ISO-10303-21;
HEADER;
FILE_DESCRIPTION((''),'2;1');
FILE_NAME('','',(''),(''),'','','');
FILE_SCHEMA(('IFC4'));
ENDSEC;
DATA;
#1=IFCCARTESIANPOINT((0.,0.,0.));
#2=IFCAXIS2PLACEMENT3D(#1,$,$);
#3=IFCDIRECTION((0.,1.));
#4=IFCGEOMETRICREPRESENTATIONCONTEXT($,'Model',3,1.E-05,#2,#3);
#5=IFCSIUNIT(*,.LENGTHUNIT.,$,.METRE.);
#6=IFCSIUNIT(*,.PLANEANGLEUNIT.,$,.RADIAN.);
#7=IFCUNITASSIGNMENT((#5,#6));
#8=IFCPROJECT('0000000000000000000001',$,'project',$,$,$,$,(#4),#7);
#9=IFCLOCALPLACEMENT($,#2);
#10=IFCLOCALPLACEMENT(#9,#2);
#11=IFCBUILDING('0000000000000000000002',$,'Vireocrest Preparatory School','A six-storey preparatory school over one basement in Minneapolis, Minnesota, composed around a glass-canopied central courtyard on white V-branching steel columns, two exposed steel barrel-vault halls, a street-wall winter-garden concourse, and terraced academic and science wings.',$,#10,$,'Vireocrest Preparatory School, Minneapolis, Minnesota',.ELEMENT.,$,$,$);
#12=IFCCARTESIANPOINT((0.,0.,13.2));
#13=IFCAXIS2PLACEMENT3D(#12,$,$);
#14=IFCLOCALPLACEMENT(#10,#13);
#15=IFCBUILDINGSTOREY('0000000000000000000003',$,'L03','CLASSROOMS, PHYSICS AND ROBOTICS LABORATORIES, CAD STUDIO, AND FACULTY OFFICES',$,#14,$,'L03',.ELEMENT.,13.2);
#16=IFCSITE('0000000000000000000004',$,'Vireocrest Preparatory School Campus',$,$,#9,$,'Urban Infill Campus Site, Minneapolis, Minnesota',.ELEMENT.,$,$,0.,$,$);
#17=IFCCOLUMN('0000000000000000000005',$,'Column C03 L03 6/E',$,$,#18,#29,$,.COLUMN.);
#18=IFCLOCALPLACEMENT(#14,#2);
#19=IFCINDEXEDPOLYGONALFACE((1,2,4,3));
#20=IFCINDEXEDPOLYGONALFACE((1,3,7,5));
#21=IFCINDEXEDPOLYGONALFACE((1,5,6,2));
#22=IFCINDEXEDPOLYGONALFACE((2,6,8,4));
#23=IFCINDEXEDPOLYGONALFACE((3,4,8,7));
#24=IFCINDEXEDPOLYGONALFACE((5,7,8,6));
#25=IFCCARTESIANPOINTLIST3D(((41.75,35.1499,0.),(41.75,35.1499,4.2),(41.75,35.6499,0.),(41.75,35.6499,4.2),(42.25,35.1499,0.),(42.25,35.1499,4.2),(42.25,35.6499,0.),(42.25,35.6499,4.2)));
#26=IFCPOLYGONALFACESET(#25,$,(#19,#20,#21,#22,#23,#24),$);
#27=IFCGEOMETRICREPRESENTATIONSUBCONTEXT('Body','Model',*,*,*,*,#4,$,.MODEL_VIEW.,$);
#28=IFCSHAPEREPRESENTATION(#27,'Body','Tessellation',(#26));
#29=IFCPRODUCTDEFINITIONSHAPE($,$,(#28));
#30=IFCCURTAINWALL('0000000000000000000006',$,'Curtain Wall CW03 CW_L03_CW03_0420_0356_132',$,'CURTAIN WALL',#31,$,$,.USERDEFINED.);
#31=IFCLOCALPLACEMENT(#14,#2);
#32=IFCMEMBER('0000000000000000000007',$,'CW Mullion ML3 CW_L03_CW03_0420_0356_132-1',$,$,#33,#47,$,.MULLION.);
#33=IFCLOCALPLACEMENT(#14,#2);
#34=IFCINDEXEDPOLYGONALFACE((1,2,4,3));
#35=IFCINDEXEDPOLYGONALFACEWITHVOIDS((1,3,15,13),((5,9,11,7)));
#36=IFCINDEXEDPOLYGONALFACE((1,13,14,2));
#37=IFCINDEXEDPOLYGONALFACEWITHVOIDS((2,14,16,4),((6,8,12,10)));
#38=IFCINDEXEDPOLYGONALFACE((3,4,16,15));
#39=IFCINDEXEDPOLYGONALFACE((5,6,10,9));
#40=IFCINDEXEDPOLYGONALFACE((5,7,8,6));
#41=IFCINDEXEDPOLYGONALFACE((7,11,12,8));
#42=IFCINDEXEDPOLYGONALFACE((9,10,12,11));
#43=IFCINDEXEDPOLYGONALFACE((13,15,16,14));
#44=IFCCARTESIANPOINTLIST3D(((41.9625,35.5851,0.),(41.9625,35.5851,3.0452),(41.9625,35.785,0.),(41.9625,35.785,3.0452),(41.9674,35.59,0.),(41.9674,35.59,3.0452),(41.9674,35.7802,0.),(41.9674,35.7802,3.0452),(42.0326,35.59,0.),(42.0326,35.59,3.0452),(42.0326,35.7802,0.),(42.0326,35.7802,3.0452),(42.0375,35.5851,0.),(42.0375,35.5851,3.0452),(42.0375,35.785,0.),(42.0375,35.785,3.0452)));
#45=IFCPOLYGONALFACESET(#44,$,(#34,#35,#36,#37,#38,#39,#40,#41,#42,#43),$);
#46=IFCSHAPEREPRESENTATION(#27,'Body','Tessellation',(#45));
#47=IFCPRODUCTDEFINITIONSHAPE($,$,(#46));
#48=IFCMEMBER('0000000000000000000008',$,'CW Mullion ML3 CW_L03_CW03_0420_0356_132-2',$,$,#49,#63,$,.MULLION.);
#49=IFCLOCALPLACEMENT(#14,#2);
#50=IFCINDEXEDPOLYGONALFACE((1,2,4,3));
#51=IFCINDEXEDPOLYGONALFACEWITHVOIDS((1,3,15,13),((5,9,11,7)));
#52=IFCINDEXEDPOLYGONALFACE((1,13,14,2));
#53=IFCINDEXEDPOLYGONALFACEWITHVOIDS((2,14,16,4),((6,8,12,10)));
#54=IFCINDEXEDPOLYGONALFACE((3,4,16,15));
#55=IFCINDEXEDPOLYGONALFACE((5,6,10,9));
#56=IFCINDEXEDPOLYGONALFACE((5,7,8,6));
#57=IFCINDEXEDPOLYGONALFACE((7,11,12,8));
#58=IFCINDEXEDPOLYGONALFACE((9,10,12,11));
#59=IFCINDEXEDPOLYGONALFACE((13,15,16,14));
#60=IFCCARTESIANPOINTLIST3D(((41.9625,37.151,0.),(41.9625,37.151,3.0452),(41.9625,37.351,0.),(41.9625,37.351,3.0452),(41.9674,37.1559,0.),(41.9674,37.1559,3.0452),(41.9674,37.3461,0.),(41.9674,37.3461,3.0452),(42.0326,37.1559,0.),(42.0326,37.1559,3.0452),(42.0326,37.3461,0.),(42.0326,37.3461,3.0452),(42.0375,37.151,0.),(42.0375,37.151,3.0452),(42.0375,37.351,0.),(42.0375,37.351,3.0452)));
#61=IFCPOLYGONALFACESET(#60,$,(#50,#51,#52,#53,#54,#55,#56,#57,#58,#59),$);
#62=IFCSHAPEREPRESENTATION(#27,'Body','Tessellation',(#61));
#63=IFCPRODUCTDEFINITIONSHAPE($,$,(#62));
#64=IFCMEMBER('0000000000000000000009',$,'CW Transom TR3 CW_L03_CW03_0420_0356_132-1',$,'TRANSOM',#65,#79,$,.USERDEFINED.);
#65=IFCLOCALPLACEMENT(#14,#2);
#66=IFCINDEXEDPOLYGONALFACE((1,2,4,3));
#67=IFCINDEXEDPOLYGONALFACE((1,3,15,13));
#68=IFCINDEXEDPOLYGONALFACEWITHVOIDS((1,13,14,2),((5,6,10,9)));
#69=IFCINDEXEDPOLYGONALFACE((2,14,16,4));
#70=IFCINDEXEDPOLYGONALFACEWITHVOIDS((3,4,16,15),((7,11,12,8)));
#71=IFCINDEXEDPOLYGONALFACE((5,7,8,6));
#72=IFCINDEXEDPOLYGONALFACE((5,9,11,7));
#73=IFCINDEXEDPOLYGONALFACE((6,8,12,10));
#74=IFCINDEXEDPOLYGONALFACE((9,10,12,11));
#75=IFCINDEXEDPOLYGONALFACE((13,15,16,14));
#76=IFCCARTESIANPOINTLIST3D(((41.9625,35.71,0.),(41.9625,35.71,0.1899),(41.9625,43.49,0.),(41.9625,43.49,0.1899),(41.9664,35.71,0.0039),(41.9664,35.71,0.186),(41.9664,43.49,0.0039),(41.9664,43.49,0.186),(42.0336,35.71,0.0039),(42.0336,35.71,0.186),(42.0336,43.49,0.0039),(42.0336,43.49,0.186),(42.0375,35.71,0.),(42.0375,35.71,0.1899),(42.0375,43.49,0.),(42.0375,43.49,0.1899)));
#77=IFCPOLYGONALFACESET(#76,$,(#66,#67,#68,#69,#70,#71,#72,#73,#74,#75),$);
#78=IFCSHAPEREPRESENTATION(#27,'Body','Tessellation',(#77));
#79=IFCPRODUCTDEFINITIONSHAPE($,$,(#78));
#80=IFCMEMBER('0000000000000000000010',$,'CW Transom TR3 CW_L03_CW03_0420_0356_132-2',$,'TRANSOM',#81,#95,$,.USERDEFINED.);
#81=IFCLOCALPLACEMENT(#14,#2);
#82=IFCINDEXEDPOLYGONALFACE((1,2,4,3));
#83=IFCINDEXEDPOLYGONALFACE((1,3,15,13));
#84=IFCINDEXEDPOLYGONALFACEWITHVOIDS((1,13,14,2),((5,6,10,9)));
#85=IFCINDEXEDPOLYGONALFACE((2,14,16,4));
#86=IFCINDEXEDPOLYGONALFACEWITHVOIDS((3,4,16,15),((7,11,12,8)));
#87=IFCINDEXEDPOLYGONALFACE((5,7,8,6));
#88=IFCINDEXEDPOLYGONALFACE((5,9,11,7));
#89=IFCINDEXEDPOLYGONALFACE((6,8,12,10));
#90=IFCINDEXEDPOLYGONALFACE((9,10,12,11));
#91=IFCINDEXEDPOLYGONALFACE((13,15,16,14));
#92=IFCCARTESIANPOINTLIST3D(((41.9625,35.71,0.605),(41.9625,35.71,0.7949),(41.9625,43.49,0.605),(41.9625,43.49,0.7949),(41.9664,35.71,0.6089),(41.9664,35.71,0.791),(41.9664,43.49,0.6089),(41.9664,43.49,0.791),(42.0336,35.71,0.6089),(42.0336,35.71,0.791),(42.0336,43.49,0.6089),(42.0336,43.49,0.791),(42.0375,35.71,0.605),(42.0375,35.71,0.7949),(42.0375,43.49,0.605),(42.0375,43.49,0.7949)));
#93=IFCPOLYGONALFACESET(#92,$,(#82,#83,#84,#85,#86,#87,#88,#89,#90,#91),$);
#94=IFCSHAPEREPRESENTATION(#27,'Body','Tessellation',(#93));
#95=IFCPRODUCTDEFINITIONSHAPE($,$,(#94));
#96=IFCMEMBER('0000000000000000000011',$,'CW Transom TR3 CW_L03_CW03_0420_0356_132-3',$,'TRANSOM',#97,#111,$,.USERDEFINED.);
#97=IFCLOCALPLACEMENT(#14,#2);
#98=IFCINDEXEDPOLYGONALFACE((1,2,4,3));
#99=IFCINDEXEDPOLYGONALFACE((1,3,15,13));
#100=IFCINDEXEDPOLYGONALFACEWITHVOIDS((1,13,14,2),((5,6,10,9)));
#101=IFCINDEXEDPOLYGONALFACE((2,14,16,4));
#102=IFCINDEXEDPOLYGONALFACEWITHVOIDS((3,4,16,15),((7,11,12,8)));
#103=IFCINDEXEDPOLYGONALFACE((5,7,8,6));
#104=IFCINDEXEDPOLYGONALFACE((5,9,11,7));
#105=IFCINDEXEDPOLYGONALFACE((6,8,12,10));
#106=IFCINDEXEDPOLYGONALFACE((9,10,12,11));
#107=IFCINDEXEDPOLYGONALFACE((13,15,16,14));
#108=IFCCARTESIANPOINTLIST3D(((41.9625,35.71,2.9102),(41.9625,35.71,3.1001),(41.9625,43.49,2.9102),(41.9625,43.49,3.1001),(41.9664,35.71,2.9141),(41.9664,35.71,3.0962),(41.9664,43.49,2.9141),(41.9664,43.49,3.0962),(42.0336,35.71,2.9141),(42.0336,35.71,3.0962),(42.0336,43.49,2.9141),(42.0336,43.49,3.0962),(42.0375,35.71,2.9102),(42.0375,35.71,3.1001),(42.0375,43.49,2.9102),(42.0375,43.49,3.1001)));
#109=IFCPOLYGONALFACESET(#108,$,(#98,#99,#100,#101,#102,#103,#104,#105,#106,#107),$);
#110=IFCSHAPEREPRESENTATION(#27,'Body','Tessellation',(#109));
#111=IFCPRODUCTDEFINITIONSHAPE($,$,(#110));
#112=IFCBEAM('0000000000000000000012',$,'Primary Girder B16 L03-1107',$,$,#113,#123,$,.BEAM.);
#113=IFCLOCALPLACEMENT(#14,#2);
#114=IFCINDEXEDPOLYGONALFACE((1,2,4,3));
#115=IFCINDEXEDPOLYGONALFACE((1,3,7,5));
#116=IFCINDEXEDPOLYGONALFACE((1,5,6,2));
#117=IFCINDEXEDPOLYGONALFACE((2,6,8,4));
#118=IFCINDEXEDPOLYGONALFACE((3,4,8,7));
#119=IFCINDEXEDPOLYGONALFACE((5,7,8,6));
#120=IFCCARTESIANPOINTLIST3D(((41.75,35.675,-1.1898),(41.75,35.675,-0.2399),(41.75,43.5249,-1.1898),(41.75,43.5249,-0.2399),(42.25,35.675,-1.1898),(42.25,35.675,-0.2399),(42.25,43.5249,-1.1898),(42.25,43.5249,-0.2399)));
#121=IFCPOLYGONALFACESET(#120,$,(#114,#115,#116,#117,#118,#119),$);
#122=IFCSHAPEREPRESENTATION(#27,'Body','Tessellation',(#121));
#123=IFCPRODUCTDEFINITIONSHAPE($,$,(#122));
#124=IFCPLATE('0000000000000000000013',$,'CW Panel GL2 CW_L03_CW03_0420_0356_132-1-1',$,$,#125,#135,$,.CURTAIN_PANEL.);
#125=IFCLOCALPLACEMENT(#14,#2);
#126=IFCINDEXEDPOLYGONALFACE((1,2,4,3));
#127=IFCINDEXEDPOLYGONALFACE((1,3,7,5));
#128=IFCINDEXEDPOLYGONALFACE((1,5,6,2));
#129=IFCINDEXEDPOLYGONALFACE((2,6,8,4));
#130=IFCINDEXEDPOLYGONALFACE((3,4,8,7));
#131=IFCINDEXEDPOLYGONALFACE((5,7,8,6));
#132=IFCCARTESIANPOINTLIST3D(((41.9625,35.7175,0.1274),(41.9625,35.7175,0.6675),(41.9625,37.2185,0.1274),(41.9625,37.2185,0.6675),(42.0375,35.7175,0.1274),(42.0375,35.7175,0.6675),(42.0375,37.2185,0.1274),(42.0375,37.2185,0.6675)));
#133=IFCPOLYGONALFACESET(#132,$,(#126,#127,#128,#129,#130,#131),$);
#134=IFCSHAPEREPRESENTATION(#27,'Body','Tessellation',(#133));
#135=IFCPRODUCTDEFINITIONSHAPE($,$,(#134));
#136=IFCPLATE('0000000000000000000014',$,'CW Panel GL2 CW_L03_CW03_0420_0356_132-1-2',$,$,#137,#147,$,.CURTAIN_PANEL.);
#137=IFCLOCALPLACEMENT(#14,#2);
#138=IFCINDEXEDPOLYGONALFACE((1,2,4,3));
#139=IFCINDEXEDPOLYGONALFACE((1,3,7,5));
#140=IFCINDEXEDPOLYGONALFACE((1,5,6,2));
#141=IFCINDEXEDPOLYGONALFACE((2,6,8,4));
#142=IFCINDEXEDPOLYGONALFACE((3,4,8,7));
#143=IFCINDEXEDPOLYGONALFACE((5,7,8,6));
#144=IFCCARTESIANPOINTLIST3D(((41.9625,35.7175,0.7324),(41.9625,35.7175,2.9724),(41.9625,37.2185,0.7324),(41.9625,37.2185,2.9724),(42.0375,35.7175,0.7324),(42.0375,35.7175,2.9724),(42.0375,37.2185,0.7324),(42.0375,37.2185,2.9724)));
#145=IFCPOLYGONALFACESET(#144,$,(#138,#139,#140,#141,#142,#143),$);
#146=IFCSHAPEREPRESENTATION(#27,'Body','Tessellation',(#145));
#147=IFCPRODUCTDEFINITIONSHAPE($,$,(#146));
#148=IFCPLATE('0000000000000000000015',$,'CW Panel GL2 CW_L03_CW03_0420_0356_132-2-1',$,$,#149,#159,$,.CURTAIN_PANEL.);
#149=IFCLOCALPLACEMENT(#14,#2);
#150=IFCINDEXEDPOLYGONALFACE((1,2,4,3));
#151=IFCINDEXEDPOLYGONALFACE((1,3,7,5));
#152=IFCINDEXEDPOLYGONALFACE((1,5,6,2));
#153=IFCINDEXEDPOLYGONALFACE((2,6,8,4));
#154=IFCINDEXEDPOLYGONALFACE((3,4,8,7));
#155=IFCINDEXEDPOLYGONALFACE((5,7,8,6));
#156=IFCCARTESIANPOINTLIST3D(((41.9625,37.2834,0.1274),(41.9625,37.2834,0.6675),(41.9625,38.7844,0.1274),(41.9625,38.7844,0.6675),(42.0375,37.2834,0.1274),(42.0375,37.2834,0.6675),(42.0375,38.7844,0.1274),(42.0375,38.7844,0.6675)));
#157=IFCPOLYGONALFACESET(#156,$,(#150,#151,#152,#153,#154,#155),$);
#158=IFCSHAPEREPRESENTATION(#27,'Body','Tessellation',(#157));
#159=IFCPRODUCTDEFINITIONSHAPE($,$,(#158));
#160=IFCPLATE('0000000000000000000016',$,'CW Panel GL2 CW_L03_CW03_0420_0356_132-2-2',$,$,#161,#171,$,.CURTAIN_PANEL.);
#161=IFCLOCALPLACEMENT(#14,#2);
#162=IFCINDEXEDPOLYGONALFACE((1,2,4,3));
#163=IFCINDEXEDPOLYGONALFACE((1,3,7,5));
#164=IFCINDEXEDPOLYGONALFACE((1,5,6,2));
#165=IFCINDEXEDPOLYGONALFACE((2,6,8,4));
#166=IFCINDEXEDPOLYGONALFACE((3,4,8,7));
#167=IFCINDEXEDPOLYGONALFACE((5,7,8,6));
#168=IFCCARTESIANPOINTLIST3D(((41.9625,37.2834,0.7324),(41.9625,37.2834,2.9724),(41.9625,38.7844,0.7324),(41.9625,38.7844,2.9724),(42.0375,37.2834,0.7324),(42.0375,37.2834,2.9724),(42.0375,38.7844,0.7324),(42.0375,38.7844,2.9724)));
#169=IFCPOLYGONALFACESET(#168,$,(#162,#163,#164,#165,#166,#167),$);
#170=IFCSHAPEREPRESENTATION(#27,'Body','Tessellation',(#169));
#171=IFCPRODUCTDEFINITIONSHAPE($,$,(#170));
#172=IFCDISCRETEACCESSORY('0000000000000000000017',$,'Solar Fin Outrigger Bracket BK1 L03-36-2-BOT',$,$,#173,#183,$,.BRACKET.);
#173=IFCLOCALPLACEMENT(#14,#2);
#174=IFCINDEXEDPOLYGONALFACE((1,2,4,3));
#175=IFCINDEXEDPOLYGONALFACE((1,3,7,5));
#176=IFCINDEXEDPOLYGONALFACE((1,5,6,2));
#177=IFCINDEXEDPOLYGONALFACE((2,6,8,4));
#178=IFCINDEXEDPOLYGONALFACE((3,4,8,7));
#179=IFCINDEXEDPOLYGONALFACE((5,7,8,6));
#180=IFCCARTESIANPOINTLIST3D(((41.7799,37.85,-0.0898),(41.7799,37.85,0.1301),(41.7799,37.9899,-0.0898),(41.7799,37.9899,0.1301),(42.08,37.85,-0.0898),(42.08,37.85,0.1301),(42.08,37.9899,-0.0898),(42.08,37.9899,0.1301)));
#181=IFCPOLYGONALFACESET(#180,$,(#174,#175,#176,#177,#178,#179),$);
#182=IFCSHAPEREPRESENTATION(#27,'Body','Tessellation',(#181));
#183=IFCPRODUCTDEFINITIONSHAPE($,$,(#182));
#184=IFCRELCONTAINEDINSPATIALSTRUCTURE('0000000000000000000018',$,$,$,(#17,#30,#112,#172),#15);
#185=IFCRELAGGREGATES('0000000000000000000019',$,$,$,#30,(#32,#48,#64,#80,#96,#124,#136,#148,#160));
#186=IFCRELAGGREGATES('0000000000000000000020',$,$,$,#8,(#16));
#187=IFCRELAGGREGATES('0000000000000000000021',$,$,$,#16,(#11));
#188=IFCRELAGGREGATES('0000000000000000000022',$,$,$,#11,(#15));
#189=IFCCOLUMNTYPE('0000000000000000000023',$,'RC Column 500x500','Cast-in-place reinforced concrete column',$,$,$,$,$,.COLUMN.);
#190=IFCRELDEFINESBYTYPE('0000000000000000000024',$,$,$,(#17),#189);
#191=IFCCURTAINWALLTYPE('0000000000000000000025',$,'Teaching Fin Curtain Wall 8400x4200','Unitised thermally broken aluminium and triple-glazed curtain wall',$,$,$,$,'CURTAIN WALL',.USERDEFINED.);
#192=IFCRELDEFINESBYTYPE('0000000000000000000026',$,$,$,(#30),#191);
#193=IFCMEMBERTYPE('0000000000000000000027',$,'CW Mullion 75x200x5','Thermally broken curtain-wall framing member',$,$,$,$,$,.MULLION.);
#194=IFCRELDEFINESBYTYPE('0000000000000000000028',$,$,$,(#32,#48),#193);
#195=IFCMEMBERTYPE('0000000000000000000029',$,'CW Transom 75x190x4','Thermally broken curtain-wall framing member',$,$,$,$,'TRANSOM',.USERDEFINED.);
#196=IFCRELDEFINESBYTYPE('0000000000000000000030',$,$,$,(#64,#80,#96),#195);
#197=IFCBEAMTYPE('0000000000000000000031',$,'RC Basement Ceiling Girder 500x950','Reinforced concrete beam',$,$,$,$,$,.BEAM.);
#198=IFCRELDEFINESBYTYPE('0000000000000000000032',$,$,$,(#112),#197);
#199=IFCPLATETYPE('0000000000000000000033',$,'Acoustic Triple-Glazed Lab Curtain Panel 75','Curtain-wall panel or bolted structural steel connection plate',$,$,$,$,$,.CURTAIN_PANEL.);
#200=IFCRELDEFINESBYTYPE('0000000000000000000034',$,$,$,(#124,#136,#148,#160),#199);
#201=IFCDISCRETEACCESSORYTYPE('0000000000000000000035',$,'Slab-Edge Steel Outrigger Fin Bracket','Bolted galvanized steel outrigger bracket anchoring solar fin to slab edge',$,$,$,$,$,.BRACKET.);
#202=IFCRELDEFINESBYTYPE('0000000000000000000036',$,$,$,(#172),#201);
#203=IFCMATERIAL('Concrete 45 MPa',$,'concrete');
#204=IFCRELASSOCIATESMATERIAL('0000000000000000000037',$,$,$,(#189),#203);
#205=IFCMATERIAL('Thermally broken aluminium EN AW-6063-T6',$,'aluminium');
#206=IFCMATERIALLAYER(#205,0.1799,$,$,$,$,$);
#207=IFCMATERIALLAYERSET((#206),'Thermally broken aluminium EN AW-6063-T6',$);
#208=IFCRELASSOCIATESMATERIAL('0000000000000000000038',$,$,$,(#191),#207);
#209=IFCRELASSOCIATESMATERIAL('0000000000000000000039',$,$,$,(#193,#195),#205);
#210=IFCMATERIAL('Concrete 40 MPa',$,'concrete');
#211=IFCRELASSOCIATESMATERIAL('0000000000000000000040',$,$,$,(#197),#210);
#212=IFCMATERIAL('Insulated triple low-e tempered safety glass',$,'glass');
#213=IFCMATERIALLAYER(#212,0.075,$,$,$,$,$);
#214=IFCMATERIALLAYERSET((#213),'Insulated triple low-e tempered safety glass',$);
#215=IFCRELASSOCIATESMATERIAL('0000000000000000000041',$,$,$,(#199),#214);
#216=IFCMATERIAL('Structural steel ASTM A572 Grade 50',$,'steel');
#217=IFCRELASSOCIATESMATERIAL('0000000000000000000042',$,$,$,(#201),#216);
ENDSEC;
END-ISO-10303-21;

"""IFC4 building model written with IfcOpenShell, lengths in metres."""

from ifc_helpers import new_model, si_unit, direction, frame, origin, origin_2d, place, context, subcontext, project, spatial, rectangle, hollow_rectangle, extrude, material, layer, layer_set, material_profile, profile_set, type_object, element, aggregate, save


model = new_model("IFC4")

# Units and contexts
model_context = context("Model", 3, precision=1e-05, world=origin(), true_north=direction((0.0, 1.0)))
body_context = subcontext(model_context, "Body", "Model", "MODEL_VIEW")
ifc_project = project(units=[si_unit("LENGTHUNIT", "METRE"), si_unit("PLANEANGLEUNIT", "RADIAN")], contexts=[model_context])

# Site, building, storey
site_placement = place(None, origin())
site = spatial("IfcSite", under=ifc_project, at=site_placement, Name="Vireocrest Preparatory School Campus", LongName="Urban Infill Campus Site, Minneapolis, Minnesota", CompositionType="ELEMENT", RefElevation=0.0)
building_placement = place(site_placement, origin())
building = spatial("IfcBuilding", under=site, at=building_placement, Name="Vireocrest Preparatory School", Description="A six-storey preparatory school over one basement in Minneapolis, Minnesota, composed around a glass-canopied central courtyard on white V-branching steel columns, two exposed steel barrel-vault halls, a street-wall winter-garden concourse, and terraced academic and science wings.", LongName="Vireocrest Preparatory School, Minneapolis, Minnesota", CompositionType="ELEMENT")
storey_placement = place(building_placement, frame((0.0, 0.0, 13.2)))
storey = spatial("IfcBuildingStorey", under=building, at=storey_placement, Name="L03", Description="CLASSROOMS, PHYSICS AND ROBOTICS LABORATORIES, CAD STUDIO, AND FACULTY OFFICES", LongName="L03", CompositionType="ELEMENT", Elevation=13.2)

# Column
ifc_material_1 = material(Name="Concrete 45 MPa", Category="concrete")
ifc_material_profile_1 = material_profile(ifc_material_1, rectangle(XDim=0.5, YDim=0.5, at=origin_2d()), Name="RC 500x500")
ifc_profile_set_1 = profile_set([ifc_material_profile_1], Name="Concrete 45 MPa")
column_type = type_object("IfcColumnType", Name="RC Column 500x500", Description="Cast-in-place reinforced concrete column", PredefinedType="COLUMN", material=ifc_profile_set_1)
column_placement = place(storey_placement, frame((42.0, 35.3999, 0.0), z_axis=(0.0, 0.0, 1.0), x_axis=(1.0, 0.0, 0.0)))
element("IfcColumn", 1, at=column_placement, inside=storey, type_object=column_type, Name="Column C03 L03 6/E", PredefinedType="COLUMN", context=body_context, shape_type="SweptSolid", body=[
    extrude(rectangle(XDim=0.5, YDim=0.5, at=origin_2d()), origin(), (0.0, 0.0, 1.0), 4.2),
])

# Curtain wall, members
ifc_material_2 = material(Name="Thermally broken aluminium EN AW-6063-T6", Category="aluminium")
ifc_layer_1 = layer(ifc_material_2, 0.1799)
ifc_layer_set_1 = layer_set([ifc_layer_1], Name="Thermally broken aluminium EN AW-6063-T6")
curtain_wall_type = type_object("IfcCurtainWallType", Name="Teaching Fin Curtain Wall 8400x4200", Description="Unitised thermally broken aluminium and triple-glazed curtain wall", ElementType="CURTAIN WALL", PredefinedType="USERDEFINED", material=ifc_layer_set_1)
curtain_wall_placement = place(storey_placement, origin())
curtain_wall = element("IfcCurtainWall", 2, at=curtain_wall_placement, inside=storey, type_object=curtain_wall_type, Name="Curtain Wall CW03 CW_L03_CW03_0420_0356_132", ObjectType="CURTAIN WALL", PredefinedType="USERDEFINED")
ifc_material_profile_2 = material_profile(ifc_material_2, hollow_rectangle(XDim=0.075, YDim=0.2, WallThickness=0.0049, at=origin_2d()), Name="ALU 75x200x5")
ifc_profile_set_2 = profile_set([ifc_material_profile_2], Name="Thermally broken aluminium EN AW-6063-T6")
member_type_1 = type_object("IfcMemberType", Name="CW Mullion 75x200x5", Description="Thermally broken curtain-wall framing member", PredefinedType="MULLION", material=ifc_profile_set_2)
member_1_placement = place(storey_placement, frame((42.0, 35.6851, 0.0), z_axis=(0.0, 0.0, 1.0), x_axis=(1.0, 0.0, 0.0)))
member_1 = element("IfcMember", 3, at=member_1_placement, type_object=member_type_1, Name="CW Mullion ML3 CW_L03_CW03_0420_0356_132-1", PredefinedType="MULLION", context=body_context, shape_type="SweptSolid", body=[
    extrude(hollow_rectangle(XDim=0.075, YDim=0.2, WallThickness=0.0049, at=origin_2d()), origin(), (0.0, 0.0, 1.0), 3.0452),
])
member_2_placement = place(storey_placement, frame((42.0, 37.251, 0.0), z_axis=(0.0, 0.0, 1.0), x_axis=(1.0, 0.0, 0.0)))
member_2 = element("IfcMember", 4, at=member_2_placement, type_object=member_type_1, Name="CW Mullion ML3 CW_L03_CW03_0420_0356_132-2", PredefinedType="MULLION", context=body_context, shape_type="SweptSolid", body=[
    extrude(hollow_rectangle(XDim=0.075, YDim=0.2, WallThickness=0.0049, at=origin_2d()), origin(), (0.0, 0.0, 1.0), 3.0452),
])
ifc_material_profile_3 = material_profile(ifc_material_2, hollow_rectangle(XDim=0.075, YDim=0.1899, WallThickness=0.0039, at=origin_2d()), Name="ALU 75x190x4")
ifc_profile_set_3 = profile_set([ifc_material_profile_3], Name="Thermally broken aluminium EN AW-6063-T6")
member_type_2 = type_object("IfcMemberType", Name="CW Transom 75x190x4", Description="Thermally broken curtain-wall framing member", ElementType="TRANSOM", PredefinedType="USERDEFINED", material=ifc_profile_set_3)
member_3_placement = place(storey_placement, frame((42.0, 35.71, 0.095), z_axis=(0.0, 1.0, 0.0), x_axis=(-1.0, 0.0, 0.0)))
member_3 = element("IfcMember", 5, at=member_3_placement, type_object=member_type_2, Name="CW Transom TR3 CW_L03_CW03_0420_0356_132-1", ObjectType="TRANSOM", PredefinedType="USERDEFINED", context=body_context, shape_type="SweptSolid", body=[
    extrude(hollow_rectangle(XDim=0.075, YDim=0.1899, WallThickness=0.0039, at=origin_2d()), origin(), (0.0, 0.0, 1.0), 7.78),
])
member_4_placement = place(storey_placement, frame((42.0, 35.71, 0.7), z_axis=(0.0, 1.0, 0.0), x_axis=(-1.0, 0.0, 0.0)))
member_4 = element("IfcMember", 6, at=member_4_placement, type_object=member_type_2, Name="CW Transom TR3 CW_L03_CW03_0420_0356_132-2", ObjectType="TRANSOM", PredefinedType="USERDEFINED", context=body_context, shape_type="SweptSolid", body=[
    extrude(hollow_rectangle(XDim=0.075, YDim=0.1899, WallThickness=0.0039, at=origin_2d()), origin(), (0.0, 0.0, 1.0), 7.78),
])
member_5_placement = place(storey_placement, frame((42.0, 35.71, 3.0051), z_axis=(0.0, 1.0, 0.0), x_axis=(-1.0, 0.0, 0.0)))
member_5 = element("IfcMember", 7, at=member_5_placement, type_object=member_type_2, Name="CW Transom TR3 CW_L03_CW03_0420_0356_132-3", ObjectType="TRANSOM", PredefinedType="USERDEFINED", context=body_context, shape_type="SweptSolid", body=[
    extrude(hollow_rectangle(XDim=0.075, YDim=0.1899, WallThickness=0.0039, at=origin_2d()), origin(), (0.0, 0.0, 1.0), 7.78),
])

# Beam
ifc_material_3 = material(Name="Concrete 40 MPa", Category="concrete")
ifc_material_profile_4 = material_profile(ifc_material_3, rectangle(XDim=0.5, YDim=0.95, at=origin_2d()), Name="RC 500x950")
ifc_profile_set_4 = profile_set([ifc_material_profile_4], Name="Concrete 40 MPa")
beam_type = type_object("IfcBeamType", Name="RC Basement Ceiling Girder 500x950", Description="Reinforced concrete beam", PredefinedType="BEAM", material=ifc_profile_set_4)
beam_placement = place(storey_placement, frame((42.0, 35.675, -0.7148), z_axis=(0.0, 1.0, 0.0), x_axis=(-1.0, 0.0, 0.0)))
element("IfcBeam", 8, at=beam_placement, inside=storey, type_object=beam_type, Name="Primary Girder B16 L03-1107", PredefinedType="BEAM", context=body_context, shape_type="SweptSolid", body=[
    extrude(rectangle(XDim=0.5, YDim=0.95, at=origin_2d()), origin(), (0.0, 0.0, 1.0), 7.8499),
])

# Plates
ifc_material_4 = material(Name="Insulated triple low-e tempered safety glass", Category="glass")
ifc_layer_2 = layer(ifc_material_4, 0.075)
ifc_layer_set_2 = layer_set([ifc_layer_2], Name="Insulated triple low-e tempered safety glass")
plate_type = type_object("IfcPlateType", Name="Acoustic Triple-Glazed Lab Curtain Panel 75", Description="Curtain-wall panel or bolted structural steel connection plate", PredefinedType="CURTAIN_PANEL", material=ifc_layer_set_2)
plate_1_placement = place(storey_placement, frame((42.0, 36.468, 0.1274), z_axis=(0.0, 0.0, 1.0), x_axis=(0.0, 1.0, 0.0)))
plate_1 = element("IfcPlate", 9, at=plate_1_placement, type_object=plate_type, Name="CW Panel GL2 CW_L03_CW03_0420_0356_132-1-1", PredefinedType="CURTAIN_PANEL", context=body_context, shape_type="SweptSolid", body=[
    extrude(rectangle(XDim=1.501, YDim=0.075, at=origin_2d()), origin(), (0.0, 0.0, 1.0), 0.54),
])
plate_2_placement = place(storey_placement, frame((42.0, 36.468, 0.7324), z_axis=(0.0, 0.0, 1.0), x_axis=(0.0, 1.0, 0.0)))
plate_2 = element("IfcPlate", 10, at=plate_2_placement, type_object=plate_type, Name="CW Panel GL2 CW_L03_CW03_0420_0356_132-1-2", PredefinedType="CURTAIN_PANEL", context=body_context, shape_type="SweptSolid", body=[
    extrude(rectangle(XDim=1.501, YDim=0.075, at=origin_2d()), origin(), (0.0, 0.0, 1.0), 2.24),
])
plate_3_placement = place(storey_placement, frame((42.0, 38.0339, 0.1274), z_axis=(0.0, 0.0, 1.0), x_axis=(0.0, 1.0, 0.0)))
plate_3 = element("IfcPlate", 11, at=plate_3_placement, type_object=plate_type, Name="CW Panel GL2 CW_L03_CW03_0420_0356_132-2-1", PredefinedType="CURTAIN_PANEL", context=body_context, shape_type="SweptSolid", body=[
    extrude(rectangle(XDim=1.501, YDim=0.075, at=origin_2d()), origin(), (0.0, 0.0, 1.0), 0.54),
])
plate_4_placement = place(storey_placement, frame((42.0, 38.0339, 0.7324), z_axis=(0.0, 0.0, 1.0), x_axis=(0.0, 1.0, 0.0)))
plate_4 = element("IfcPlate", 12, at=plate_4_placement, type_object=plate_type, Name="CW Panel GL2 CW_L03_CW03_0420_0356_132-2-2", PredefinedType="CURTAIN_PANEL", context=body_context, shape_type="SweptSolid", body=[
    extrude(rectangle(XDim=1.501, YDim=0.075, at=origin_2d()), origin(), (0.0, 0.0, 1.0), 2.24),
])
aggregate(curtain_wall, [member_1, member_2, member_3, member_4, member_5, plate_1, plate_2, plate_3, plate_4])

# Discrete accessory
ifc_material_5 = material(Name="Structural steel ASTM A572 Grade 50", Category="steel")
discrete_accessory_type = type_object("IfcDiscreteAccessoryType", Name="Slab-Edge Steel Outrigger Fin Bracket", Description="Bolted galvanized steel outrigger bracket anchoring solar fin to slab edge", PredefinedType="BRACKET", material=ifc_material_5)
for number, where, z_axis, x_axis, name in (
    (13, (41.9299, 37.9199, -0.0898), (0.0, 0.0, 1.0), (0.0, 1.0, 0.0), "Solar Fin Outrigger Bracket BK1 L03-36-2-BOT"),
):
    element("IfcDiscreteAccessory", number, at=place(storey_placement, frame(where, z_axis=z_axis, x_axis=x_axis)), inside=storey, type_object=discrete_accessory_type, Name=name, PredefinedType="BRACKET", context=body_context, shape_type="SweptSolid", body=[
        extrude(rectangle(XDim=0.1399, YDim=0.3, at=origin_2d()), origin(), (0.0, 0.0, 1.0), 0.22),
    ])

save(model, "model.ifc")
